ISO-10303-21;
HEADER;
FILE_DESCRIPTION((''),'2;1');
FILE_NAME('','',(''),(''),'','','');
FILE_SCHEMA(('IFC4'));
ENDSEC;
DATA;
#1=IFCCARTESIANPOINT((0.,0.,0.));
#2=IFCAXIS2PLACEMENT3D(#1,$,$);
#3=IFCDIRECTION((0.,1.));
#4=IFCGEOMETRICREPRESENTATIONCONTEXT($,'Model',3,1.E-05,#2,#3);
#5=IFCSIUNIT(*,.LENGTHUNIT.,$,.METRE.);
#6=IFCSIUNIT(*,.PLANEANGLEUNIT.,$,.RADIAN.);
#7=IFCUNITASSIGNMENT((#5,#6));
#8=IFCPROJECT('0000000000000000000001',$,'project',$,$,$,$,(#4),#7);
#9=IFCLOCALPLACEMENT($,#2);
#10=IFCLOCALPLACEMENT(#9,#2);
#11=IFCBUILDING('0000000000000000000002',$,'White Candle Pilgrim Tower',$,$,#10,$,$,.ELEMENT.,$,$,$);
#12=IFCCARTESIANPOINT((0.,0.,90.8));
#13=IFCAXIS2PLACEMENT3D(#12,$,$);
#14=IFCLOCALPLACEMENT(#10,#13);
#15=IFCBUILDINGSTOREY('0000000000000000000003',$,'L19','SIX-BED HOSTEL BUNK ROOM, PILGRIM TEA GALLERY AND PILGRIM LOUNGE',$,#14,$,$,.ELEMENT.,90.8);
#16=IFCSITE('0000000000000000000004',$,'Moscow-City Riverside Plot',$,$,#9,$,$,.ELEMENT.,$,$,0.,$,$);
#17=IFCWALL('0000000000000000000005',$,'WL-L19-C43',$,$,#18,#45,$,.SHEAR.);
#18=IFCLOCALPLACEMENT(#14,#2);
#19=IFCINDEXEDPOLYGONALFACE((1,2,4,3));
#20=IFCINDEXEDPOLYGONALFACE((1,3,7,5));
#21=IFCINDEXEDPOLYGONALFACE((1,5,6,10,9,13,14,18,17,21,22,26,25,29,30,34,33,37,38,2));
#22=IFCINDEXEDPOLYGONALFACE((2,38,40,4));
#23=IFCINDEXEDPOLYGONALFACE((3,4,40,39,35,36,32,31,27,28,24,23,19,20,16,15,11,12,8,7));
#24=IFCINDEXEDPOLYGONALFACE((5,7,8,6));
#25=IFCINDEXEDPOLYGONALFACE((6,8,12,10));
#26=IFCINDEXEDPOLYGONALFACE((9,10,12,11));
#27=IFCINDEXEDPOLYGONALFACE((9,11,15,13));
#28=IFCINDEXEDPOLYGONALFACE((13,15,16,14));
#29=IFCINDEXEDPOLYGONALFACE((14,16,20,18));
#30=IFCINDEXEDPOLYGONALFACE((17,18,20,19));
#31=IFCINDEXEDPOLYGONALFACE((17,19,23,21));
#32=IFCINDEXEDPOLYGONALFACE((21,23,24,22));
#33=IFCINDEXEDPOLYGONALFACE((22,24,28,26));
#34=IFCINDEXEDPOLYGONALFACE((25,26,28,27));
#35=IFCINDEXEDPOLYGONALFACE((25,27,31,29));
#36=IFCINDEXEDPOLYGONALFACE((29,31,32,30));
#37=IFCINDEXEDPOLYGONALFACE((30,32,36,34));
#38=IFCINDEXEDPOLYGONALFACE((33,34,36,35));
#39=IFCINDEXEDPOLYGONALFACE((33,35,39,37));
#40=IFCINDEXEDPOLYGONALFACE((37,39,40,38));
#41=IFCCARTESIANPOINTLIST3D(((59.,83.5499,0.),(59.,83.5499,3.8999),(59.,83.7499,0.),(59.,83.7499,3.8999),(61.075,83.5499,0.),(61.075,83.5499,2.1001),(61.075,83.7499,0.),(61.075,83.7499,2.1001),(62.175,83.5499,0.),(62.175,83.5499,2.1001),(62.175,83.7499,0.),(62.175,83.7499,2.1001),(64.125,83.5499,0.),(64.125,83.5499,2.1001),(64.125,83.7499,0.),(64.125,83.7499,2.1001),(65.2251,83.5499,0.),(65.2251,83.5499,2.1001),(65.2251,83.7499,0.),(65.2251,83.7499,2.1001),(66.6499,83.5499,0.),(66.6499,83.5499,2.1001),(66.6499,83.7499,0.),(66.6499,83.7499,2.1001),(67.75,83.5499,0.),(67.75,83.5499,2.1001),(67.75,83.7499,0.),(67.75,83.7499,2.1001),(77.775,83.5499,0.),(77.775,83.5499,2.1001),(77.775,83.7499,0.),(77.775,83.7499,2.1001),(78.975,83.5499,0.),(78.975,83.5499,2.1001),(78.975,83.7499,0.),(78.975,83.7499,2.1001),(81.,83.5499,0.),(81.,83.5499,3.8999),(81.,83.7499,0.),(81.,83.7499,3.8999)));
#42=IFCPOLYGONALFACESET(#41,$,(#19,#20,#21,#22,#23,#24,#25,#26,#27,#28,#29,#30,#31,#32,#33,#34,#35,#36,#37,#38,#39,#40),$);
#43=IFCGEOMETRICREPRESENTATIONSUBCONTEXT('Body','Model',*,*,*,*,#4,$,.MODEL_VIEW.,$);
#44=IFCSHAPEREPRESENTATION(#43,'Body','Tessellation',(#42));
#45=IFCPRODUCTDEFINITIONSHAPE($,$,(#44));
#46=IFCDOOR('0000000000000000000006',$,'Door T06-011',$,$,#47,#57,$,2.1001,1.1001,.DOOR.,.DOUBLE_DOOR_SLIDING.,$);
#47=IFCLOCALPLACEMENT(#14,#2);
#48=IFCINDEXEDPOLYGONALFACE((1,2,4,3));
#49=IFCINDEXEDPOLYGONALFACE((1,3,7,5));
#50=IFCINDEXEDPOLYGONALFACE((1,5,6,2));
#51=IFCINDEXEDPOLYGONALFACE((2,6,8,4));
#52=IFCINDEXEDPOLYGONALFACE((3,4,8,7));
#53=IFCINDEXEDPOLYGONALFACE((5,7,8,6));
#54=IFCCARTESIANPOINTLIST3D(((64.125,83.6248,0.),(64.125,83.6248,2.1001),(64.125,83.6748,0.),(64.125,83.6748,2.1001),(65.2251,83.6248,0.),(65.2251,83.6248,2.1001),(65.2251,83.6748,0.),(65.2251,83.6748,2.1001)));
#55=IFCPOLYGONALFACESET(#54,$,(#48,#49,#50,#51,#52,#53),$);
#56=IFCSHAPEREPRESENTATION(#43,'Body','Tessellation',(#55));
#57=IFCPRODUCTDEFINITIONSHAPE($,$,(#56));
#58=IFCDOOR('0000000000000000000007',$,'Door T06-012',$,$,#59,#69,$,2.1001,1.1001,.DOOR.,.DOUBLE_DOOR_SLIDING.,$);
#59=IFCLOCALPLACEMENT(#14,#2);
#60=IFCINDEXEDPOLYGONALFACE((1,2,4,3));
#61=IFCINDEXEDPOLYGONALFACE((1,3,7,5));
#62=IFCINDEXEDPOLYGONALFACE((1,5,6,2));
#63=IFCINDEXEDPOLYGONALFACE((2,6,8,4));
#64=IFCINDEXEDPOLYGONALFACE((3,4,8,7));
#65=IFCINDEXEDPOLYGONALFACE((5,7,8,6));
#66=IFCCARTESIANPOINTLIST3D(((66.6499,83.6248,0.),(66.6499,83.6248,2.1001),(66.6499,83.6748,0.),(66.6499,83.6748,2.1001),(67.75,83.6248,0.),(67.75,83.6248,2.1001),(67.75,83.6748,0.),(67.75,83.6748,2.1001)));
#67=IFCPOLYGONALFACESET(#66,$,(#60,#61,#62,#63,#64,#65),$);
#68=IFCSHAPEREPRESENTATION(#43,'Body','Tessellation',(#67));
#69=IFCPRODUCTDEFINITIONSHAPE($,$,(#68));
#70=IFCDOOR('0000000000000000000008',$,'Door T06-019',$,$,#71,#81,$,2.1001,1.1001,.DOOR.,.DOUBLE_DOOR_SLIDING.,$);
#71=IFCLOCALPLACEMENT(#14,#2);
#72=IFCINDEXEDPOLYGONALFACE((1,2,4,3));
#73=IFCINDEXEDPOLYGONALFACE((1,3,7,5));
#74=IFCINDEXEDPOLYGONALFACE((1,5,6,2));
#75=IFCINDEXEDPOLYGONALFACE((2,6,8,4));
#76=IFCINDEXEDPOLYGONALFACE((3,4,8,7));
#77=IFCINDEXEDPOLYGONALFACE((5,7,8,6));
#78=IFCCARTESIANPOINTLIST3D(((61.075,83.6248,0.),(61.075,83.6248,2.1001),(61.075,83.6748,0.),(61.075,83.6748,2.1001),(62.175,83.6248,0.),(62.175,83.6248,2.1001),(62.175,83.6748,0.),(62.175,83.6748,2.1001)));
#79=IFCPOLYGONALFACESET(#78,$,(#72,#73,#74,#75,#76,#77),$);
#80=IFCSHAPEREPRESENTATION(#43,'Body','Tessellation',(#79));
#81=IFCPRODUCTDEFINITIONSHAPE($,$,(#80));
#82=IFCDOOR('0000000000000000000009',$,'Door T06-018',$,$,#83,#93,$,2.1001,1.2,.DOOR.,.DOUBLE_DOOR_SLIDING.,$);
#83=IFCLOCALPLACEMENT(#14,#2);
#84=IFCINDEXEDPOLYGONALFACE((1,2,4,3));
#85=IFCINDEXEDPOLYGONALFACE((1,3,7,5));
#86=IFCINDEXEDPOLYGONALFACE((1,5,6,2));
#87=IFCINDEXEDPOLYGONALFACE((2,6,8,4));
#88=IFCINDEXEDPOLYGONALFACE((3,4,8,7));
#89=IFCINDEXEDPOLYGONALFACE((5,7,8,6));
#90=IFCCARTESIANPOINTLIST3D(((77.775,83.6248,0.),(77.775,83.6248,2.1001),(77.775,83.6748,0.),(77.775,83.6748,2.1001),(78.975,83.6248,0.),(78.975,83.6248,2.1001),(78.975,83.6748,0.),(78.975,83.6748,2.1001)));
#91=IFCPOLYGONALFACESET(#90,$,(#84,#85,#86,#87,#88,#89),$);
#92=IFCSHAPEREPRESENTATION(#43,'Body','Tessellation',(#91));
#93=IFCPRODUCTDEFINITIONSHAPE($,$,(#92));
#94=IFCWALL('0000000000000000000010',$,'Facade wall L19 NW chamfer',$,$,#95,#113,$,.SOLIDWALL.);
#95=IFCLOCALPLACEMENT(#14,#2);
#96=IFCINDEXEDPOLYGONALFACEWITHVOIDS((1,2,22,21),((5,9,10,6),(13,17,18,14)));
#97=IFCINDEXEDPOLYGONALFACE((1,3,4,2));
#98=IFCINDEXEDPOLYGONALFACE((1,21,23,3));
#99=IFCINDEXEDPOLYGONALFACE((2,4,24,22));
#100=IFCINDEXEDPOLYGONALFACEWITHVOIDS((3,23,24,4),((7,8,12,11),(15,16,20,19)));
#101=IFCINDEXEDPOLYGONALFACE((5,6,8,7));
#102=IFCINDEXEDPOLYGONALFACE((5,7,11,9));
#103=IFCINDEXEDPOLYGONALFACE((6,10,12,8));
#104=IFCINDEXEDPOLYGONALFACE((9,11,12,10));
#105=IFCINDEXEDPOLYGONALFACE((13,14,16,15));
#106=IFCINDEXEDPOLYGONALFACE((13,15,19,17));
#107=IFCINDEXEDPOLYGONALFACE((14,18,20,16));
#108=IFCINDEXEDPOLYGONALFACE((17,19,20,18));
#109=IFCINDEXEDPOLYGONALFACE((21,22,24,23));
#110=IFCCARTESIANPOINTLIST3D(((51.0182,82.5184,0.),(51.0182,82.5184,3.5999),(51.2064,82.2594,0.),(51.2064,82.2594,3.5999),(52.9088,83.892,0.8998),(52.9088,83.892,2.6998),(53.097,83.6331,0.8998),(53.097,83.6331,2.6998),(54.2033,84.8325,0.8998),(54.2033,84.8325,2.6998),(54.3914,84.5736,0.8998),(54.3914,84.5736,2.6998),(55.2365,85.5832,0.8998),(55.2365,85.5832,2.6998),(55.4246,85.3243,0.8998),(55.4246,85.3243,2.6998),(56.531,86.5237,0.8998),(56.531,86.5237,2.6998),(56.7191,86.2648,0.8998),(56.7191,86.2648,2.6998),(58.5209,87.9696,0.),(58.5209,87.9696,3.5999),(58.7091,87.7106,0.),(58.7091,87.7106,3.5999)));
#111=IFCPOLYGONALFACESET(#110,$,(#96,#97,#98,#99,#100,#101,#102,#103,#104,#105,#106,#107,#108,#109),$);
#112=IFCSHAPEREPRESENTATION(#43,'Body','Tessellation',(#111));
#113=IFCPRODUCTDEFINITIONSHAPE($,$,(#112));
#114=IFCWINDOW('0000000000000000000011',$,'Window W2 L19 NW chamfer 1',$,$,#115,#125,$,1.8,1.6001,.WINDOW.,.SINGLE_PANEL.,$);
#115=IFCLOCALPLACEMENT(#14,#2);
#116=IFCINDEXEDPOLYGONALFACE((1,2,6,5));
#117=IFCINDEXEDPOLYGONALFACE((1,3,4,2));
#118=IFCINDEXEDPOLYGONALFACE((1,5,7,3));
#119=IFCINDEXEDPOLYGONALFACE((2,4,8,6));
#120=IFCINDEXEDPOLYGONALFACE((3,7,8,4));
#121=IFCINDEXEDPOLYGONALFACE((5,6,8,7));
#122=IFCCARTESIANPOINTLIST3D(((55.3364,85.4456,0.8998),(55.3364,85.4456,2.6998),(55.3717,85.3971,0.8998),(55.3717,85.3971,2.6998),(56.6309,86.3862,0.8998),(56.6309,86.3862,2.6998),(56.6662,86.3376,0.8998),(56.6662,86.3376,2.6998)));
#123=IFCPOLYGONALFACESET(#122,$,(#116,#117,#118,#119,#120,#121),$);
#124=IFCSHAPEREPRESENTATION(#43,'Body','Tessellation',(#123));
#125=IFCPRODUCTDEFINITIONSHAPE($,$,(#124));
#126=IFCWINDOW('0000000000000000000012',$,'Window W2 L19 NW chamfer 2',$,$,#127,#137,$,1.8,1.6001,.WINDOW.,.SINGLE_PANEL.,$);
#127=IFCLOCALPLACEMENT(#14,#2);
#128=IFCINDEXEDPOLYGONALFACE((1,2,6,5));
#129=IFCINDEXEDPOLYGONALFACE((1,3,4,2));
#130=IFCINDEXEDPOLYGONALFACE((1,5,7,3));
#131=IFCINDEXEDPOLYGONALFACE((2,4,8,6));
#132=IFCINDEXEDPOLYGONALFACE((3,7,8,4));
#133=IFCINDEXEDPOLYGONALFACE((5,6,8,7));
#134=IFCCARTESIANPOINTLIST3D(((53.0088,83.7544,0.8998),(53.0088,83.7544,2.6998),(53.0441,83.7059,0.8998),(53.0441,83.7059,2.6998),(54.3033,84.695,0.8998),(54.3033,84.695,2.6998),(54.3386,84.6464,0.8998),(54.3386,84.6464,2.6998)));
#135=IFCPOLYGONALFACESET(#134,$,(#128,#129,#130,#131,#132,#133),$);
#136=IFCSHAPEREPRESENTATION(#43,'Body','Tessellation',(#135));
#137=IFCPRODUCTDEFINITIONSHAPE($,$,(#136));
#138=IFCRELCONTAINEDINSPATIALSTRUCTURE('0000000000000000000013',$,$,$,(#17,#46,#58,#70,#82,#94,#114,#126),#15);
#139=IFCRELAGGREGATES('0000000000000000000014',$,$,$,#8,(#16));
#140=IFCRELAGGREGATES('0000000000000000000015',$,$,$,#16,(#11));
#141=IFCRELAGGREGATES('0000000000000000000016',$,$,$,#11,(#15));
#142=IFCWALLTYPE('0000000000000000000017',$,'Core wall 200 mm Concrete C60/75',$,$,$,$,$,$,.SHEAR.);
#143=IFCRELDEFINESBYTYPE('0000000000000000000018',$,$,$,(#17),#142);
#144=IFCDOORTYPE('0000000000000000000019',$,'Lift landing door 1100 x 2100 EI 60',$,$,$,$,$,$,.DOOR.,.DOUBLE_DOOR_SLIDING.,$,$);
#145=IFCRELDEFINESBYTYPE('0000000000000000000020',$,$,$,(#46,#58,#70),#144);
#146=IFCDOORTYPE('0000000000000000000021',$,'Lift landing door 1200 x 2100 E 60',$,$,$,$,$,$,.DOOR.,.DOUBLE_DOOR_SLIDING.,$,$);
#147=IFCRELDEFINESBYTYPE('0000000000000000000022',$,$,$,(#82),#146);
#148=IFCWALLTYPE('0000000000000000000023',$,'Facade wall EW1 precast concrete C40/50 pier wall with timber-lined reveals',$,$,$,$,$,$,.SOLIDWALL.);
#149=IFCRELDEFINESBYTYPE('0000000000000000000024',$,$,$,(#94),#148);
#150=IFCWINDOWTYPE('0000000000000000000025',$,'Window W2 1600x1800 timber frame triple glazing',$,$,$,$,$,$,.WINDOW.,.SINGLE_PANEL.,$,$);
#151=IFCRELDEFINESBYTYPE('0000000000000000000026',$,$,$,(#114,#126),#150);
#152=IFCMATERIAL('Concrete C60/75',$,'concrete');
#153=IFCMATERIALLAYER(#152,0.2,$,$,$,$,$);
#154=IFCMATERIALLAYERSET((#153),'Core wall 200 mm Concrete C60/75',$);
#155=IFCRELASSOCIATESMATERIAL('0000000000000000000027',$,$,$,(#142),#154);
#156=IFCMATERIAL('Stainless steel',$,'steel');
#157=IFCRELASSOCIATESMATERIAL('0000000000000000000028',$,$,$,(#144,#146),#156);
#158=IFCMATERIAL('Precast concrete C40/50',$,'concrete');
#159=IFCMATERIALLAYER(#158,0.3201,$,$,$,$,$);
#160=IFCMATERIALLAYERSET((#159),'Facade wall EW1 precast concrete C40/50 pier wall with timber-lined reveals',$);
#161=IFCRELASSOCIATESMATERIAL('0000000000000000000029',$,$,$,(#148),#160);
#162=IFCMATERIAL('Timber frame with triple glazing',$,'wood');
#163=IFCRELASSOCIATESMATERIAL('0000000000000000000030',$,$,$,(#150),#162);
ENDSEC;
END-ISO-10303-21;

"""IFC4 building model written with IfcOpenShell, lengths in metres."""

from ifc_helpers import new_model, si_unit, direction, frame, frame_2d, origin, place, context, subcontext, project, spatial, rectangle, extrude, material, layer, layer_set, type_object, element, fill, save


model = new_model("IFC4")

# Units and contexts
model_context = context("Model", 3, precision=1e-05, world=origin(), true_north=direction((0.0, 1.0)))
body_context = subcontext(model_context, "Body", "Model", "MODEL_VIEW")
ifc_project = project(units=[si_unit("LENGTHUNIT", "METRE"), si_unit("PLANEANGLEUNIT", "RADIAN")], contexts=[model_context])

# Site, building, storey
site_placement = place(None, origin())
site = spatial("IfcSite", under=ifc_project, at=site_placement, Name="Moscow-City Riverside Plot", CompositionType="ELEMENT", RefElevation=0.0)
building_placement = place(site_placement, origin())
building = spatial("IfcBuilding", under=site, at=building_placement, Name="White Candle Pilgrim Tower", CompositionType="ELEMENT")
storey_placement = place(building_placement, frame((0.0, 0.0, 90.8)))
storey = spatial("IfcBuildingStorey", under=building, at=storey_placement, Name="L19", Description="SIX-BED HOSTEL BUNK ROOM, PILGRIM TEA GALLERY AND PILGRIM LOUNGE", CompositionType="ELEMENT", Elevation=90.8)

# Shared definitions
ifc_material_1 = material(Name="Concrete C60/75", Category="concrete")
ifc_layer_1 = layer(ifc_material_1, 0.2)
ifc_layer_set_1 = layer_set([ifc_layer_1], Name="Core wall 200 mm Concrete C60/75")
wall_type_1 = type_object("IfcWallType", Name="Core wall 200 mm Concrete C60/75", PredefinedType="SHEAR", material=ifc_layer_set_1)

# Wall, openings, doors
wall_1_placement = place(storey_placement, frame((59.0, 83.6499, 0.0), z_axis=(0.0, 0.0, 1.0), x_axis=(1.0, 0.0, 0.0)))
wall_1 = element("IfcWall", 1, at=wall_1_placement, inside=storey, type_object=wall_type_1, Name="WL-L19-C43", PredefinedType="SHEAR", context=body_context, shape_type="SweptSolid", body=[
    extrude(rectangle(XDim=22.0, YDim=0.2, at=frame_2d((11.0, 0.0))), origin(), (0.0, 0.0, 1.0), 3.8999),
])
opening_1_placement = place(wall_1_placement, frame((5.125, 0.0, 0.0)))
opening_1 = element("IfcOpeningElement", 2, at=opening_1_placement, cuts=wall_1, PredefinedType="OPENING", context=body_context, shape_type="SweptSolid", body=[
    extrude(rectangle(XDim=1.1001, YDim=2.1001, at=frame_2d((0.55, 1.05))), frame((0.0, 0.1099, 0.0), z_axis=(0.0, -1.0, 0.0), x_axis=(1.0, 0.0, 0.0)), (0.0, 0.0, 1.0), 0.22),
])
opening_2_placement = place(wall_1_placement, frame((7.6499, 0.0, 0.0)))
opening_2 = element("IfcOpeningElement", 3, at=opening_2_placement, cuts=wall_1, PredefinedType="OPENING", context=body_context, shape_type="SweptSolid", body=[
    extrude(rectangle(XDim=1.1001, YDim=2.1001, at=frame_2d((0.55, 1.05))), frame((0.0, 0.1099, 0.0), z_axis=(0.0, -1.0, 0.0), x_axis=(1.0, 0.0, 0.0)), (0.0, 0.0, 1.0), 0.22),
])
opening_3_placement = place(wall_1_placement, frame((18.7749, 0.0, 0.0)))
opening_3 = element("IfcOpeningElement", 4, at=opening_3_placement, cuts=wall_1, PredefinedType="OPENING", context=body_context, shape_type="SweptSolid", body=[
    extrude(rectangle(XDim=1.2, YDim=2.1001, at=frame_2d((0.6001, 1.05))), frame((0.0, 0.1099, 0.0), z_axis=(0.0, -1.0, 0.0), x_axis=(1.0, 0.0, 0.0)), (0.0, 0.0, 1.0), 0.22),
])
opening_4_placement = place(wall_1_placement, frame((2.075, 0.0, 0.0)))
opening_4 = element("IfcOpeningElement", 5, at=opening_4_placement, cuts=wall_1, PredefinedType="OPENING", context=body_context, shape_type="SweptSolid", body=[
    extrude(rectangle(XDim=1.1001, YDim=2.1001, at=frame_2d((0.55, 1.05))), frame((0.0, 0.1099, 0.0), z_axis=(0.0, -1.0, 0.0), x_axis=(1.0, 0.0, 0.0)), (0.0, 0.0, 1.0), 0.22),
])
ifc_material_2 = material(Name="Stainless steel", Category="steel")
door_type_1 = type_object("IfcDoorType", Name="Lift landing door 1100 x 2100 EI 60", OperationType="DOUBLE_DOOR_SLIDING", PredefinedType="DOOR", material=ifc_material_2)
door_1_placement = place(opening_1_placement, origin())
door_1 = element("IfcDoor", 6, at=door_1_placement, inside=storey, type_object=door_type_1, Name="Door T06-011", OperationType="DOUBLE_DOOR_SLIDING", OverallHeight=2.1001, OverallWidth=1.1001, PredefinedType="DOOR", context=body_context, shape_type="SweptSolid", body=[
    extrude(rectangle(XDim=1.1001, YDim=2.1001, at=frame_2d((0.55, 1.05))), frame((0.0, 0.0249, 0.0), z_axis=(0.0, -1.0, 0.0), x_axis=(1.0, 0.0, 0.0)), (0.0, 0.0, 1.0), 0.05),
])
fill(opening_1, door_1)
door_2_placement = place(opening_2_placement, origin())
door_2 = element("IfcDoor", 7, at=door_2_placement, inside=storey, type_object=door_type_1, Name="Door T06-012", OperationType="DOUBLE_DOOR_SLIDING", OverallHeight=2.1001, OverallWidth=1.1001, PredefinedType="DOOR", context=body_context, shape_type="SweptSolid", body=[
    extrude(rectangle(XDim=1.1001, YDim=2.1001, at=frame_2d((0.55, 1.05))), frame((0.0, 0.0249, 0.0), z_axis=(0.0, -1.0, 0.0), x_axis=(1.0, 0.0, 0.0)), (0.0, 0.0, 1.0), 0.05),
])
fill(opening_2, door_2)
door_3_placement = place(opening_4_placement, origin())
door_3 = element("IfcDoor", 8, at=door_3_placement, inside=storey, type_object=door_type_1, Name="Door T06-019", OperationType="DOUBLE_DOOR_SLIDING", OverallHeight=2.1001, OverallWidth=1.1001, PredefinedType="DOOR", context=body_context, shape_type="SweptSolid", body=[
    extrude(rectangle(XDim=1.1001, YDim=2.1001, at=frame_2d((0.55, 1.05))), frame((0.0, 0.0249, 0.0), z_axis=(0.0, -1.0, 0.0), x_axis=(1.0, 0.0, 0.0)), (0.0, 0.0, 1.0), 0.05),
])
fill(opening_4, door_3)
door_type_2 = type_object("IfcDoorType", Name="Lift landing door 1200 x 2100 E 60", OperationType="DOUBLE_DOOR_SLIDING", PredefinedType="DOOR", material=ifc_material_2)
door_4_placement = place(opening_3_placement, origin())
door_4 = element("IfcDoor", 9, at=door_4_placement, inside=storey, type_object=door_type_2, Name="Door T06-018", OperationType="DOUBLE_DOOR_SLIDING", OverallHeight=2.1001, OverallWidth=1.2, PredefinedType="DOOR", context=body_context, shape_type="SweptSolid", body=[
    extrude(rectangle(XDim=1.2, YDim=2.1001, at=frame_2d((0.6001, 1.05))), frame((0.0, 0.0249, 0.0), z_axis=(0.0, -1.0, 0.0), x_axis=(1.0, 0.0, 0.0)), (0.0, 0.0, 1.0), 0.05),
])
fill(opening_3, door_4)

# Wall, openings, windows
ifc_material_3 = material(Name="Precast concrete C40/50", Category="concrete")
ifc_layer_2 = layer(ifc_material_3, 0.3201)
ifc_layer_set_2 = layer_set([ifc_layer_2], Name="Facade wall EW1 precast concrete C40/50 pier wall with timber-lined reveals")
wall_type_2 = type_object("IfcWallType", Name="Facade wall EW1 precast concrete C40/50 pier wall with timber-lined reveals", PredefinedType="SOLIDWALL", material=ifc_layer_set_2)
wall_2_placement = place(storey_placement, frame((58.615, 87.8401, 0.0), z_axis=(0.0, 0.0, 1.0), x_axis=(-0.809009, -0.587796, 0.0)))
wall_2 = element("IfcWall", 10, at=wall_2_placement, inside=storey, type_object=wall_type_2, Name="Facade wall L19 NW chamfer", PredefinedType="SOLIDWALL", context=body_context, shape_type="SweptSolid", body=[
    extrude(rectangle(XDim=9.2739, YDim=0.3201, at=frame_2d((4.637, 0.0))), origin(), (0.0, 0.0, 1.0), 3.5999),
])
opening_5_placement = place(wall_2_placement, frame((2.4597, 0.0, 0.8999)))
opening_5 = element("IfcOpeningElement", 11, at=opening_5_placement, cuts=wall_2, PredefinedType="OPENING", context=body_context, shape_type="SweptSolid", body=[
    extrude(rectangle(XDim=1.6001, YDim=1.8, at=frame_2d((0.8, 0.8999))), frame((0.0, 0.1699, 0.0), z_axis=(0.0, -1.0, 0.0), x_axis=(1.0, 0.0, 0.0)), (0.0, 0.0, 1.0), 0.3401),
])
opening_6_placement = place(wall_2_placement, frame((5.3369, 0.0, 0.8999)))
opening_6 = element("IfcOpeningElement", 12, at=opening_6_placement, cuts=wall_2, PredefinedType="OPENING", context=body_context, shape_type="SweptSolid", body=[
    extrude(rectangle(XDim=1.6001, YDim=1.8, at=frame_2d((0.8, 0.8999))), frame((0.0, 0.1699, 0.0), z_axis=(0.0, -1.0, 0.0), x_axis=(1.0, 0.0, 0.0)), (0.0, 0.0, 1.0), 0.3401),
])
ifc_material_4 = material(Name="Timber frame with triple glazing", Category="wood")
window_type_1 = type_object("IfcWindowType", Name="Window W2 1600x1800 timber frame triple glazing", PartitioningType="SINGLE_PANEL", PredefinedType="WINDOW", material=ifc_material_4)
window_1_placement = place(opening_5_placement, origin())
window_1 = element("IfcWindow", 13, at=window_1_placement, inside=storey, type_object=window_type_1, Name="Window W2 L19 NW chamfer 1", OverallHeight=1.8, OverallWidth=1.6001, PartitioningType="SINGLE_PANEL", PredefinedType="WINDOW", context=body_context, shape_type="SweptSolid", body=[
    extrude(rectangle(XDim=1.6001, YDim=1.8, at=frame_2d((0.8, 0.8999))), frame((0.0, 0.0701, 0.0), z_axis=(0.0, -1.0, 0.0), x_axis=(1.0, 0.0, 0.0)), (0.0, 0.0, 1.0), 0.0601),
])
fill(opening_5, window_1)
window_2_placement = place(opening_6_placement, origin())
window_2 = element("IfcWindow", 14, at=window_2_placement, inside=storey, type_object=window_type_1, Name="Window W2 L19 NW chamfer 2", OverallHeight=1.8, OverallWidth=1.6001, PartitioningType="SINGLE_PANEL", PredefinedType="WINDOW", context=body_context, shape_type="SweptSolid", body=[
    extrude(rectangle(XDim=1.6001, YDim=1.8, at=frame_2d((0.8, 0.8999))), frame((0.0, 0.0701, 0.0), z_axis=(0.0, -1.0, 0.0), x_axis=(1.0, 0.0, 0.0)), (0.0, 0.0, 1.0), 0.0601),
])
fill(opening_6, window_2)

save(model, "model.ifc")
